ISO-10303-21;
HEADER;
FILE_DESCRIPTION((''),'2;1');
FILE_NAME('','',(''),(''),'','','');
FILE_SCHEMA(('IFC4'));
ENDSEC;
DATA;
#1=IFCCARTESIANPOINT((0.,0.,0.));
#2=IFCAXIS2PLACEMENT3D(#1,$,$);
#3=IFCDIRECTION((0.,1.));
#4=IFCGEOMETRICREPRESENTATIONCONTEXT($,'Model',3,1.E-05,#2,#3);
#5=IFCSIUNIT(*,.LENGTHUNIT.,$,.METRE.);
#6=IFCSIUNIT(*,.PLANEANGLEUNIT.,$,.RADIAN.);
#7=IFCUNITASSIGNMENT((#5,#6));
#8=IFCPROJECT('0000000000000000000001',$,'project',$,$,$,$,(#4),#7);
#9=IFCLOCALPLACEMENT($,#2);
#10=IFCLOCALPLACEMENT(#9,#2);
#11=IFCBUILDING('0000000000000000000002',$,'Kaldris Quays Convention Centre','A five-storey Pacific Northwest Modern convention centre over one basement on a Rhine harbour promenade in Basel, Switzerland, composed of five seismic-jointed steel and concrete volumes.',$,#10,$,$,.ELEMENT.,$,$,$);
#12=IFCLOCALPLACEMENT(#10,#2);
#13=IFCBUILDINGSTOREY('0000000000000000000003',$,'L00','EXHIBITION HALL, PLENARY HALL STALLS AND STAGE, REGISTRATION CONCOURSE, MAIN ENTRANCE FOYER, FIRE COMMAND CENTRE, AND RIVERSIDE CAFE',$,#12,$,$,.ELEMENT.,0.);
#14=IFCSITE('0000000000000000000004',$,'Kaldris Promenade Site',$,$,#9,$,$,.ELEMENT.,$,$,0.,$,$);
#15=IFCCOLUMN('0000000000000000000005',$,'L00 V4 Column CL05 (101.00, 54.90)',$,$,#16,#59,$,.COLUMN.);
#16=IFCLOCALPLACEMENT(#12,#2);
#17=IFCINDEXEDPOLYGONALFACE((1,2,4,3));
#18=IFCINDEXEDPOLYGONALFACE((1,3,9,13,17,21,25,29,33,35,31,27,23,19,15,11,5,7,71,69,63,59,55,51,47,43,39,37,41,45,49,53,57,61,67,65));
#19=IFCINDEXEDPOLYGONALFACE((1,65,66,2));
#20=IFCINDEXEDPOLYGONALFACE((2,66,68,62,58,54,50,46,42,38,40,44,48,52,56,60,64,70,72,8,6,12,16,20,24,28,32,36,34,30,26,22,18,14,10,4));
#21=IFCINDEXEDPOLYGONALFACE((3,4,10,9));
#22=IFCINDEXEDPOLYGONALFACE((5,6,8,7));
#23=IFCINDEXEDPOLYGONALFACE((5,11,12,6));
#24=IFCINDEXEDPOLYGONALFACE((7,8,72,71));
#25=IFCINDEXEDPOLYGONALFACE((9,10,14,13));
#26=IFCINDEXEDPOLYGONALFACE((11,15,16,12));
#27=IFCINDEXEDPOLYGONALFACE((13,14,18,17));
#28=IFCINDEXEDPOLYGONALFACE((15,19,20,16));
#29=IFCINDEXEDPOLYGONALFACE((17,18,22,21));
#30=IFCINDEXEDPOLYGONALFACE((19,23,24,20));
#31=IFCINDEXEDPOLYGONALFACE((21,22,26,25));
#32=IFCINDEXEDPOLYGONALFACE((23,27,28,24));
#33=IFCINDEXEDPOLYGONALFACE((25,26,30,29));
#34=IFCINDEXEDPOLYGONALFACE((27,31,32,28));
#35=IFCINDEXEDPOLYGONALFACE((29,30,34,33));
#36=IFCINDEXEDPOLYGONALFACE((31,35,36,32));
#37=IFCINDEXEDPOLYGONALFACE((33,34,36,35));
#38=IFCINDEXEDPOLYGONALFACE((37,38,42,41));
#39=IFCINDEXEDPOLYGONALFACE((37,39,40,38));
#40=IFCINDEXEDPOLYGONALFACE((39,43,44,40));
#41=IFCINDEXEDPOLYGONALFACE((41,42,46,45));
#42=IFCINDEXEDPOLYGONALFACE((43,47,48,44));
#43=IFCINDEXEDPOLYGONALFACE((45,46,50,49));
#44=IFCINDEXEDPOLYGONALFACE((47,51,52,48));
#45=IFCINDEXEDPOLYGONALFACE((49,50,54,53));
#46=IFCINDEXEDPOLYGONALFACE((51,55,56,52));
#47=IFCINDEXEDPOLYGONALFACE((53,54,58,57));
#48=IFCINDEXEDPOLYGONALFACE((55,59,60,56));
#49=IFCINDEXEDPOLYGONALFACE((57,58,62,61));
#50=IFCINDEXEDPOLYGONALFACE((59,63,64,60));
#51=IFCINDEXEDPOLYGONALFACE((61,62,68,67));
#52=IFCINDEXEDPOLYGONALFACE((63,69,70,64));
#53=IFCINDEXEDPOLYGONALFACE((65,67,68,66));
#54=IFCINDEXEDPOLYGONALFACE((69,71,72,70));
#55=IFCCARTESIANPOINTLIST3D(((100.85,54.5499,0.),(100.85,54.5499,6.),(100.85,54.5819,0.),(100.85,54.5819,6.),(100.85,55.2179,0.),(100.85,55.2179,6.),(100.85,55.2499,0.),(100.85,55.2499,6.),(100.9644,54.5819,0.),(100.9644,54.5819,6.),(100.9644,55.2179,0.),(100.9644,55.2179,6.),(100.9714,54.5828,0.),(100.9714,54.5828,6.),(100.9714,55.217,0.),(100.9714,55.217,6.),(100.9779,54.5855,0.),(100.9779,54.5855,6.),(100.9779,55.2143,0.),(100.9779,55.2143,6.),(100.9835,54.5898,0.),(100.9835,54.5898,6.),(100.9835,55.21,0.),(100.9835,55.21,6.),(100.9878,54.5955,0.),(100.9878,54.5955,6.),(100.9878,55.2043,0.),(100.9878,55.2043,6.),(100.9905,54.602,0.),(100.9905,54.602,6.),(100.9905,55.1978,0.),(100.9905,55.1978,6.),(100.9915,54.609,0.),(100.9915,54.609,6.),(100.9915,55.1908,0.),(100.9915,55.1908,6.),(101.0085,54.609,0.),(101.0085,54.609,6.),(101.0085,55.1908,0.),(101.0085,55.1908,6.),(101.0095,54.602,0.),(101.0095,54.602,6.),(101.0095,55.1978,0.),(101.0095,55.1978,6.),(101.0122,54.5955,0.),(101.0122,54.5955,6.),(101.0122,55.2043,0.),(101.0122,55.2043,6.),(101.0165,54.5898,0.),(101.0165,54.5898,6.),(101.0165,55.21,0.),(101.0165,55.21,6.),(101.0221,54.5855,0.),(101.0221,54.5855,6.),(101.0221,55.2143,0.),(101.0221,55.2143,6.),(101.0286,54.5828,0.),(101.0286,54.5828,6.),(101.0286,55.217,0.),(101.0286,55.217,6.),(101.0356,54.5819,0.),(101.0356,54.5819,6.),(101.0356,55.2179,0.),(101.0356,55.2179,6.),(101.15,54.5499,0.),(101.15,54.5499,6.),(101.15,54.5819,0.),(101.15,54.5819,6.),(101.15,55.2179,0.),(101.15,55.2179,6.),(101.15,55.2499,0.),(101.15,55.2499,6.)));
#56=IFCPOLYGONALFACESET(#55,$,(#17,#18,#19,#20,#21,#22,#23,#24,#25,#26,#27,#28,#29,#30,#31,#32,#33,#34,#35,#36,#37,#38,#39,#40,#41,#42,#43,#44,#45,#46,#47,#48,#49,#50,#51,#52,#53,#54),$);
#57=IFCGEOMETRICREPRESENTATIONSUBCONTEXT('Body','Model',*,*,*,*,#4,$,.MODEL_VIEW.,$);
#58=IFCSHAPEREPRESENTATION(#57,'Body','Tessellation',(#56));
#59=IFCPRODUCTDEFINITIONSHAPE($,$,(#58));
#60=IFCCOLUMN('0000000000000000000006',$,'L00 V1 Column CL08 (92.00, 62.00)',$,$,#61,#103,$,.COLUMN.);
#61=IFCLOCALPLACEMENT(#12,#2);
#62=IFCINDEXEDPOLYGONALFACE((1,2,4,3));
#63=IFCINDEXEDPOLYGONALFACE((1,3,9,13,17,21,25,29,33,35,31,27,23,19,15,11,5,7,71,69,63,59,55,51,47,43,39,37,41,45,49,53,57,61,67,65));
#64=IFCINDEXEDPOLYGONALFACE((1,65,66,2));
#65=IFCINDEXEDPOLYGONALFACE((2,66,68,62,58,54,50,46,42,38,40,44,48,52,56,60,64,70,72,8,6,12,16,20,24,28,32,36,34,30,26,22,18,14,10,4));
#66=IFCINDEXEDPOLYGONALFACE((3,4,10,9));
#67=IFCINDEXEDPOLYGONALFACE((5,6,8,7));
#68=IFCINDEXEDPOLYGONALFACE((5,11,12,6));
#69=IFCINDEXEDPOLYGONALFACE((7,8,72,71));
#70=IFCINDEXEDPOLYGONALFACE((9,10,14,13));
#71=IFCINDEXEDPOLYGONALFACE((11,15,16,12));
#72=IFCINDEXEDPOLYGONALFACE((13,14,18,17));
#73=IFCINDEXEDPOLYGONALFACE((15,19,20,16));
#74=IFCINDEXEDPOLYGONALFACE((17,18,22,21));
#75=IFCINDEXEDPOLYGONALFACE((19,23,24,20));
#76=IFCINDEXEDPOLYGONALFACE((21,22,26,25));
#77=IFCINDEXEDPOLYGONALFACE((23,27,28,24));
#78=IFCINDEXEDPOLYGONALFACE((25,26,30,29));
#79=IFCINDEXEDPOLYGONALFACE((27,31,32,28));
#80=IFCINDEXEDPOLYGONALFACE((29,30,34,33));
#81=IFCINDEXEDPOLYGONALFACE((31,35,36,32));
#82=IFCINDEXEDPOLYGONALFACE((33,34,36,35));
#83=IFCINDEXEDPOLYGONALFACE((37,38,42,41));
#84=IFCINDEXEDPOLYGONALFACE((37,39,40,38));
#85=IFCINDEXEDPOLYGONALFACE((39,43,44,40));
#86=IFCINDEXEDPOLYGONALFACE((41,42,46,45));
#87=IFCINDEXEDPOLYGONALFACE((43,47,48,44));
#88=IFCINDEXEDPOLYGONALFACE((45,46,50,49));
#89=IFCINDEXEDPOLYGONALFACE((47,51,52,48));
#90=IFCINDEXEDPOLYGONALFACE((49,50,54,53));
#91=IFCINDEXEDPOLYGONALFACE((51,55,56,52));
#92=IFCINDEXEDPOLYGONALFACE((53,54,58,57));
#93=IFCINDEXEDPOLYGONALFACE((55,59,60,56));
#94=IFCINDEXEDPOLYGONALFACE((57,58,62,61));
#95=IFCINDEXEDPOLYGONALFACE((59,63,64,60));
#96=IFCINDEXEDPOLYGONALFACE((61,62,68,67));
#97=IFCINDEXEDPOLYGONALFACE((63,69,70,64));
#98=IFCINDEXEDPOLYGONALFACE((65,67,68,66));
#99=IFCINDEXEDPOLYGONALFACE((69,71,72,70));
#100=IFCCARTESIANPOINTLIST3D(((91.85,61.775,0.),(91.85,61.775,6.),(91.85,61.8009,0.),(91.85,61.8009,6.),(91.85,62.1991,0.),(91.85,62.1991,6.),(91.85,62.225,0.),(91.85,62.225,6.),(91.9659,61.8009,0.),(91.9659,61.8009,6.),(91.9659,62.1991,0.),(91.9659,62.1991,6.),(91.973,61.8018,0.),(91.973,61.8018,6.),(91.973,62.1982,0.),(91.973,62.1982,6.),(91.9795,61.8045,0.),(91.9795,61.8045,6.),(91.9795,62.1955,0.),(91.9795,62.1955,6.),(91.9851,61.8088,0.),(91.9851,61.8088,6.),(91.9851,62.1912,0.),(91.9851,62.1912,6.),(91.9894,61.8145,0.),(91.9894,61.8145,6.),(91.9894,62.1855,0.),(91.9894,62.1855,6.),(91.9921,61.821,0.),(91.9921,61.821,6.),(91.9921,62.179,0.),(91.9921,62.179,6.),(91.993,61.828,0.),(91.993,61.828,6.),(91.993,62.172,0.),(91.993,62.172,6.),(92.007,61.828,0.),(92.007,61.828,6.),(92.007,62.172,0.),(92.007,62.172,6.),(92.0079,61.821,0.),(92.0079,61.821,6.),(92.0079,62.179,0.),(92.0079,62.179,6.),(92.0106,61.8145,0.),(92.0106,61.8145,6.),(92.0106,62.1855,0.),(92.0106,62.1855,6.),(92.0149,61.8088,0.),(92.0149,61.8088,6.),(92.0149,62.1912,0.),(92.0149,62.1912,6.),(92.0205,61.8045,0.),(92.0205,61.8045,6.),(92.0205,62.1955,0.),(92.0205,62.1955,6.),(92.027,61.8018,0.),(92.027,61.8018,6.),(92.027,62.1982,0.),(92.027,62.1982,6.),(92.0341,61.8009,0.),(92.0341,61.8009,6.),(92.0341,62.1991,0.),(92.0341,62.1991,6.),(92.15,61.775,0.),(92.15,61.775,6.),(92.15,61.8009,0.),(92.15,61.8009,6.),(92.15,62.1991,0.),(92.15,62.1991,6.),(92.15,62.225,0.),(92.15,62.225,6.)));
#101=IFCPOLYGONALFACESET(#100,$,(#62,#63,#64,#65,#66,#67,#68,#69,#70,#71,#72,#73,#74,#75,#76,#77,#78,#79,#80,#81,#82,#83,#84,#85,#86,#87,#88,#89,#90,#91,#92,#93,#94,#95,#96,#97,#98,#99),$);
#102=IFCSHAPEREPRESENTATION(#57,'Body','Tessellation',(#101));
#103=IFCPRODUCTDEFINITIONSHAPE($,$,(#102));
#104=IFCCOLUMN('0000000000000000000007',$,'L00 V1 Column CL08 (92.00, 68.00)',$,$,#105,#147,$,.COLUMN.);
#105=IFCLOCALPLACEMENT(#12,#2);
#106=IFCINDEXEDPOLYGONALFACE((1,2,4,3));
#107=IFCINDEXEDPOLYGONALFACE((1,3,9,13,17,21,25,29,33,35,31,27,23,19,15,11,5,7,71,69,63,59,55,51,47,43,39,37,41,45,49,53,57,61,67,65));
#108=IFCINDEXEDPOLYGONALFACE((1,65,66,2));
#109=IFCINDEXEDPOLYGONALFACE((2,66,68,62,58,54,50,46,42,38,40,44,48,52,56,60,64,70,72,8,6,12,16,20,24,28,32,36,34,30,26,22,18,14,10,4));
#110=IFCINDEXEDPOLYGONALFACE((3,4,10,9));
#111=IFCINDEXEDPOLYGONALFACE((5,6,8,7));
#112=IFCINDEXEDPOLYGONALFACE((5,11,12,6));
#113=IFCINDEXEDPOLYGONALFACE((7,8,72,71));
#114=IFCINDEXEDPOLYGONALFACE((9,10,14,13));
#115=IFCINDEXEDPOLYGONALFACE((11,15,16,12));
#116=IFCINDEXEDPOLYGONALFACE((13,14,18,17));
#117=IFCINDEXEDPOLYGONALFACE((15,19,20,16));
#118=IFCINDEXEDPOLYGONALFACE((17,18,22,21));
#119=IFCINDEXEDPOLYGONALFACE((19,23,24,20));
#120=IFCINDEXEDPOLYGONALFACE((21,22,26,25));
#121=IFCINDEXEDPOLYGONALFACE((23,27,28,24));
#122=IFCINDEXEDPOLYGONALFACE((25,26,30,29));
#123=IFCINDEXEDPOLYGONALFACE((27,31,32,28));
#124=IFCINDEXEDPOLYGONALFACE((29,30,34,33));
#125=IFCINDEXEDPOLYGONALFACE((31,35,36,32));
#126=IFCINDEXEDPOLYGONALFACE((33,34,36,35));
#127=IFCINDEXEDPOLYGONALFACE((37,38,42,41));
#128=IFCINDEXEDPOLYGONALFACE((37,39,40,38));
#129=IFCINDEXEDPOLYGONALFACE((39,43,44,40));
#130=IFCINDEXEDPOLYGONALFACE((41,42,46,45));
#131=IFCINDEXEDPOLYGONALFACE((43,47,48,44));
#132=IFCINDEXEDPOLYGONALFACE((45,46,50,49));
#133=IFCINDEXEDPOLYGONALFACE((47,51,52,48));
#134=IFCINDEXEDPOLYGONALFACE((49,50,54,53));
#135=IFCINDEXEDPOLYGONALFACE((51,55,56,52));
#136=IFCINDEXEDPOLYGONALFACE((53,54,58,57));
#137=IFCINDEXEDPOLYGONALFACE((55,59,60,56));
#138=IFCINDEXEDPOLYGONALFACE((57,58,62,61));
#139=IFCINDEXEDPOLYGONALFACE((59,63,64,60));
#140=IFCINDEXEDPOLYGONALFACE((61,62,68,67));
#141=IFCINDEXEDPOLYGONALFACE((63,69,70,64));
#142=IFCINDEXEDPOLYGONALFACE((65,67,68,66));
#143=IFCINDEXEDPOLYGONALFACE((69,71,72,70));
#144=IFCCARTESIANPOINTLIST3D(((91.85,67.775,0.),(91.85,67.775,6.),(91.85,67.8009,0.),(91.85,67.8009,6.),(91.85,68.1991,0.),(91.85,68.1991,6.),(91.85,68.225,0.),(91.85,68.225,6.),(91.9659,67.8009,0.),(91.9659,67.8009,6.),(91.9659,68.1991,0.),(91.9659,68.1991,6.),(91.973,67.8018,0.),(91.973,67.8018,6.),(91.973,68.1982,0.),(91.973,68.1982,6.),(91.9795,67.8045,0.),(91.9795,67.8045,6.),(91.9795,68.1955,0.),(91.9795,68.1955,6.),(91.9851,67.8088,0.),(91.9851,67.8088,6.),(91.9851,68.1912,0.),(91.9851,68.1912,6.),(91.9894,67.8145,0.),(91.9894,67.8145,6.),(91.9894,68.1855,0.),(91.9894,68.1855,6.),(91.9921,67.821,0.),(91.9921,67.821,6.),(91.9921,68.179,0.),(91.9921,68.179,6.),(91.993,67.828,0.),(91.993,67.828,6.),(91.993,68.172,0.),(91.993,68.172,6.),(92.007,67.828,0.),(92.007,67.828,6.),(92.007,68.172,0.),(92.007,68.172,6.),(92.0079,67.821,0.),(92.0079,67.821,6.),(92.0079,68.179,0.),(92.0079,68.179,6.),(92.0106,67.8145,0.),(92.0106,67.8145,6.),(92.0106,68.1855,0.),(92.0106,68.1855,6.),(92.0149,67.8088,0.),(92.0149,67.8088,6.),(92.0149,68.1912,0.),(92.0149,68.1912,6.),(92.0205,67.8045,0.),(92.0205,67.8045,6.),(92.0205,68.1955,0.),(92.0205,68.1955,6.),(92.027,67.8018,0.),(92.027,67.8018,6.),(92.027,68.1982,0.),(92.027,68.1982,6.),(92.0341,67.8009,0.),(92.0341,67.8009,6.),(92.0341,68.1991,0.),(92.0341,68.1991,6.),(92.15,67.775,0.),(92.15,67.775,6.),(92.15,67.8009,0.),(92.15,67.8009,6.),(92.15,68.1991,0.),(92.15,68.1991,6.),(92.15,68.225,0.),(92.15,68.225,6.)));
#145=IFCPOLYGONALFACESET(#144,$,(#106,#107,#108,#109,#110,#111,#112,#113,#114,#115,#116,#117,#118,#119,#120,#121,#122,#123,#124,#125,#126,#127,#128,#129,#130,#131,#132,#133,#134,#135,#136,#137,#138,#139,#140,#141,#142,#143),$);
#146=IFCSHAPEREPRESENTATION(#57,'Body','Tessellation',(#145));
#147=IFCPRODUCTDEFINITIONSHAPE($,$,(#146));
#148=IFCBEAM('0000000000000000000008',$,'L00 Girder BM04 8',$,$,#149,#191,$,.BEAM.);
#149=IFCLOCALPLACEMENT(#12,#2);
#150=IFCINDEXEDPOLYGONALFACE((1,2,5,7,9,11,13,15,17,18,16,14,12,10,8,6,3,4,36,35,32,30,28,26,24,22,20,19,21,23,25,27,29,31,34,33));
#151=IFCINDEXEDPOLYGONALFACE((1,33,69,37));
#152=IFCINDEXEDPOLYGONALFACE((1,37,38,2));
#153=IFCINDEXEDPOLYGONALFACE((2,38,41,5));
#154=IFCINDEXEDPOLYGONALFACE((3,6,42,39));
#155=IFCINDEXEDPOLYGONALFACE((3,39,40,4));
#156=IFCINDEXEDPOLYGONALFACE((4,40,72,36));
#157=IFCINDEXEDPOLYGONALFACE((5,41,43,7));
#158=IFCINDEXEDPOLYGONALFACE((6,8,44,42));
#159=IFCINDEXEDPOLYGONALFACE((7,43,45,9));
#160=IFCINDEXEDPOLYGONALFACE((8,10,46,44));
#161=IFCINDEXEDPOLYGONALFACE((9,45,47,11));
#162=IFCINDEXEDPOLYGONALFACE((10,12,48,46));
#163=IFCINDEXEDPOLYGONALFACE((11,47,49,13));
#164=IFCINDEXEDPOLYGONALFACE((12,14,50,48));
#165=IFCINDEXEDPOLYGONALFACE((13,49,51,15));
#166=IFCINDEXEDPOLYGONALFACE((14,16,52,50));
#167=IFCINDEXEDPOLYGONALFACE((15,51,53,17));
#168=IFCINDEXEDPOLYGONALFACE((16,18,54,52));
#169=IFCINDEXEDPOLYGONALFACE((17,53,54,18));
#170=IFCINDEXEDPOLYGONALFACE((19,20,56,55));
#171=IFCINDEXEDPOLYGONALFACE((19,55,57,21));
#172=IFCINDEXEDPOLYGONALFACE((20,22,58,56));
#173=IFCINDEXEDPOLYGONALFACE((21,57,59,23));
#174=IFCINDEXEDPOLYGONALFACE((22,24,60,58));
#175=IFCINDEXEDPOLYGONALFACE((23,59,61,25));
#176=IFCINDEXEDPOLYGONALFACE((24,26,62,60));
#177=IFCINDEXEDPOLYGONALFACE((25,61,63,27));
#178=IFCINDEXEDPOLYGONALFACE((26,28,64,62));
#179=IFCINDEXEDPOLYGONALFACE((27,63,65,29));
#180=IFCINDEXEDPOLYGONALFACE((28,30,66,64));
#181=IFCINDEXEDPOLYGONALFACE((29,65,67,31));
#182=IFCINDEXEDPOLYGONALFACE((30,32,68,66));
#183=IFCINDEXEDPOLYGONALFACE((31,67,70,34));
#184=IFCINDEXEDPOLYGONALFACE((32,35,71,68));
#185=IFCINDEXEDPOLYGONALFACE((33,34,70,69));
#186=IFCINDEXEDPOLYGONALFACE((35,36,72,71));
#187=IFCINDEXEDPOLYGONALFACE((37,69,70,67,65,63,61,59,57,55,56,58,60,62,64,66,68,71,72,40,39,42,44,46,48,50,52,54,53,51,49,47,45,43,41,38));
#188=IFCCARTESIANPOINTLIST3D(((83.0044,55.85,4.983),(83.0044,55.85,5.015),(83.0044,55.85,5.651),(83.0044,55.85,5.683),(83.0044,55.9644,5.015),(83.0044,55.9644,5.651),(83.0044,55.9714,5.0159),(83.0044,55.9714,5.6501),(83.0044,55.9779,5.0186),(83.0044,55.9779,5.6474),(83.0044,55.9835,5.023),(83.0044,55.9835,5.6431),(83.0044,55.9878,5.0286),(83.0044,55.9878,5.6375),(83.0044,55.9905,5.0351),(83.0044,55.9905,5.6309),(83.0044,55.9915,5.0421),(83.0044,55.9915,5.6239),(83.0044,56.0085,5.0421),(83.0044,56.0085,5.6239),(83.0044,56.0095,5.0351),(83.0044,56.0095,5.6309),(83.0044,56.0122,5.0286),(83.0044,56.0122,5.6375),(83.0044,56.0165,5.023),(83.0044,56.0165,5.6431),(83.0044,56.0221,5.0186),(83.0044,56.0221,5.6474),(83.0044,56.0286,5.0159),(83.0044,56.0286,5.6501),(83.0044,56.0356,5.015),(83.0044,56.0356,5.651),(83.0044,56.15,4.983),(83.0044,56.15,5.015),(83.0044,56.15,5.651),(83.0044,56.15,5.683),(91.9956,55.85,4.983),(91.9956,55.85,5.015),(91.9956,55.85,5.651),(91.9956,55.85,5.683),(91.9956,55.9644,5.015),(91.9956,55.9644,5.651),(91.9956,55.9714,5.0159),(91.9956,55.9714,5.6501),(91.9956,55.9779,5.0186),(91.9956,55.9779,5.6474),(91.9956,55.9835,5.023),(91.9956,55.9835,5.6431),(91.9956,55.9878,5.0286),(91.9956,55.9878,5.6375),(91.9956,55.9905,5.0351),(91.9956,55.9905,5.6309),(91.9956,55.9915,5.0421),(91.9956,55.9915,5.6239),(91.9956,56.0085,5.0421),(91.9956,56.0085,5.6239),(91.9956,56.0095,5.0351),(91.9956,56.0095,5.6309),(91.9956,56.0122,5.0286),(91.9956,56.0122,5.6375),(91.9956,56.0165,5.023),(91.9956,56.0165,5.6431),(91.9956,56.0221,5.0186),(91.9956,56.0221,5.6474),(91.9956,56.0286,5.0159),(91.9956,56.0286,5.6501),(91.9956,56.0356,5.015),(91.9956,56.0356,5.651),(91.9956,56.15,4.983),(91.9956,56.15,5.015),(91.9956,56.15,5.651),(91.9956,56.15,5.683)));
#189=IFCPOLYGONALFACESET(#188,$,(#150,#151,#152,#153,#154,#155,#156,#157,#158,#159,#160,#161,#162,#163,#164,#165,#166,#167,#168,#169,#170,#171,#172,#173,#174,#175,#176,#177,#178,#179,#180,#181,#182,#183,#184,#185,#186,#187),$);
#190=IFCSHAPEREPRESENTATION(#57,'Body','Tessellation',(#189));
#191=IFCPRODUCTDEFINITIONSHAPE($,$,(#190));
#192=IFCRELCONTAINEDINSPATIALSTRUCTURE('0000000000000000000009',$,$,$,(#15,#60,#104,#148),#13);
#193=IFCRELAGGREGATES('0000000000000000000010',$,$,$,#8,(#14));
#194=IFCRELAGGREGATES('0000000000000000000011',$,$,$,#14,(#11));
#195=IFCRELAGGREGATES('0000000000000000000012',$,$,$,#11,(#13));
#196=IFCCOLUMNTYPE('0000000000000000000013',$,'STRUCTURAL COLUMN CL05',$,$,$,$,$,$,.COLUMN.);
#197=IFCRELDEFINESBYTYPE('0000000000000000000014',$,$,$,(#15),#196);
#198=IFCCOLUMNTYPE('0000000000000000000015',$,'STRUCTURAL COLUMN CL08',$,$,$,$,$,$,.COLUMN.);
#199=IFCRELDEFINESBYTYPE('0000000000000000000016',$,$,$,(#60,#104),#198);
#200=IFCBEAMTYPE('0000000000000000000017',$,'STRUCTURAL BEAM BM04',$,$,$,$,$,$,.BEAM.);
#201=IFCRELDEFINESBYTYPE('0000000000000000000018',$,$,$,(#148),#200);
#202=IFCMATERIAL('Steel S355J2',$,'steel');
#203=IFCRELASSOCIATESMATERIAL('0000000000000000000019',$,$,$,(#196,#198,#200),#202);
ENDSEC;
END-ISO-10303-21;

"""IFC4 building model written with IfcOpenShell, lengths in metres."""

from ifc_helpers import new_model, si_unit, direction, frame, origin, origin_2d, place, context, subcontext, project, spatial, i_section, extrude, material, material_profile, profile_set, type_object, element, save


model = new_model("IFC4")

# Units and contexts
model_context = context("Model", 3, precision=1e-05, world=origin(), true_north=direction((0.0, 1.0)))
body_context = subcontext(model_context, "Body", "Model", "MODEL_VIEW")
ifc_project = project(units=[si_unit("LENGTHUNIT", "METRE"), si_unit("PLANEANGLEUNIT", "RADIAN")], contexts=[model_context])

# Site, building, storey
site_placement = place(None, origin())
site = spatial("IfcSite", under=ifc_project, at=site_placement, Name="Kaldris Promenade Site", CompositionType="ELEMENT", RefElevation=0.0)
building_placement = place(site_placement, origin())
building = spatial("IfcBuilding", under=site, at=building_placement, Name="Kaldris Quays Convention Centre", Description="A five-storey Pacific Northwest Modern convention centre over one basement on a Rhine harbour promenade in Basel, Switzerland, composed of five seismic-jointed steel and concrete volumes.", CompositionType="ELEMENT")
storey_placement = place(building_placement, origin())
storey = spatial("IfcBuildingStorey", under=building, at=storey_placement, Name="L00", Description="EXHIBITION HALL, PLENARY HALL STALLS AND STAGE, REGISTRATION CONCOURSE, MAIN ENTRANCE FOYER, FIRE COMMAND CENTRE, AND RIVERSIDE CAFE", CompositionType="ELEMENT", Elevation=0.0)

# Columns
ifc_material_1 = material(Name="Steel S355J2", Category="steel")
ifc_material_profile_1 = material_profile(ifc_material_1, i_section(OverallWidth=0.3, OverallDepth=0.7, WebThickness=0.0171, FlangeThickness=0.032, FilletRadius=0.0271, at=origin_2d()), Name="HEB 700")
ifc_profile_set_1 = profile_set([ifc_material_profile_1], Name="Steel S355J2")
column_type_1 = type_object("IfcColumnType", Name="STRUCTURAL COLUMN CL05", PredefinedType="COLUMN", material=ifc_profile_set_1)
for number, where, z_axis, x_axis, name in (
    (1, (101.0, 54.8999, 0.0), (0.0, 0.0, 1.0), (1.0, 0.0, 0.0), "L00 V4 Column CL05 (101.00, 54.90)"),
):
    element("IfcColumn", number, at=place(storey_placement, frame(where, z_axis=z_axis, x_axis=x_axis)), inside=storey, type_object=column_type_1, Name=name, PredefinedType="COLUMN", context=body_context, shape_type="SweptSolid", body=[
        extrude(i_section(OverallWidth=0.3, OverallDepth=0.7, WebThickness=0.0171, FlangeThickness=0.032, FilletRadius=0.0271, at=origin_2d()), origin(), (0.0, 0.0, 1.0), 6.0),
    ])
ifc_material_profile_2 = material_profile(ifc_material_1, i_section(OverallWidth=0.3, OverallDepth=0.45, WebThickness=0.0139, FlangeThickness=0.0259, FilletRadius=0.0271, at=origin_2d()), Name="HEB 450")
ifc_profile_set_2 = profile_set([ifc_material_profile_2], Name="Steel S355J2")
column_type_2 = type_object("IfcColumnType", Name="STRUCTURAL COLUMN CL08", PredefinedType="COLUMN", material=ifc_profile_set_2)
for number, where, z_axis, x_axis, name in (
    (2, (92.0, 62.0, 0.0), (0.0, 0.0, 1.0), (1.0, 0.0, 0.0), "L00 V1 Column CL08 (92.00, 62.00)"),
    (3, (92.0, 68.0, 0.0), (0.0, 0.0, 1.0), (1.0, 0.0, 0.0), "L00 V1 Column CL08 (92.00, 68.00)"),
):
    element("IfcColumn", number, at=place(storey_placement, frame(where, z_axis=z_axis, x_axis=x_axis)), inside=storey, type_object=column_type_2, Name=name, PredefinedType="COLUMN", context=body_context, shape_type="SweptSolid", body=[
        extrude(i_section(OverallWidth=0.3, OverallDepth=0.45, WebThickness=0.0139, FlangeThickness=0.0259, FilletRadius=0.0271, at=origin_2d()), origin(), (0.0, 0.0, 1.0), 6.0),
    ])

# Beam
ifc_material_profile_3 = material_profile(ifc_material_1, i_section(OverallWidth=0.3, OverallDepth=0.7, WebThickness=0.0171, FlangeThickness=0.032, FilletRadius=0.0271, at=origin_2d()), Name="HEB 700")
ifc_profile_set_3 = profile_set([ifc_material_profile_3], Name="Steel S355J2")
beam_type_1 = type_object("IfcBeamType", Name="STRUCTURAL BEAM BM04", PredefinedType="BEAM", material=ifc_profile_set_3)
for number, where, z_axis, x_axis, name in (
    (4, (83.0044, 56.0, 5.333), (1.0, 0.0, 0.0), (0.0, 1.0, 0.0), "L00 Girder BM04 8"),
):
    element("IfcBeam", number, at=place(storey_placement, frame(where, z_axis=z_axis, x_axis=x_axis)), inside=storey, type_object=beam_type_1, Name=name, PredefinedType="BEAM", context=body_context, shape_type="SweptSolid", body=[
        extrude(i_section(OverallWidth=0.3, OverallDepth=0.7, WebThickness=0.0171, FlangeThickness=0.032, FilletRadius=0.0271, at=origin_2d()), origin(), (0.0, 0.0, 1.0), 8.9912),
    ])

save(model, "model.ifc")
